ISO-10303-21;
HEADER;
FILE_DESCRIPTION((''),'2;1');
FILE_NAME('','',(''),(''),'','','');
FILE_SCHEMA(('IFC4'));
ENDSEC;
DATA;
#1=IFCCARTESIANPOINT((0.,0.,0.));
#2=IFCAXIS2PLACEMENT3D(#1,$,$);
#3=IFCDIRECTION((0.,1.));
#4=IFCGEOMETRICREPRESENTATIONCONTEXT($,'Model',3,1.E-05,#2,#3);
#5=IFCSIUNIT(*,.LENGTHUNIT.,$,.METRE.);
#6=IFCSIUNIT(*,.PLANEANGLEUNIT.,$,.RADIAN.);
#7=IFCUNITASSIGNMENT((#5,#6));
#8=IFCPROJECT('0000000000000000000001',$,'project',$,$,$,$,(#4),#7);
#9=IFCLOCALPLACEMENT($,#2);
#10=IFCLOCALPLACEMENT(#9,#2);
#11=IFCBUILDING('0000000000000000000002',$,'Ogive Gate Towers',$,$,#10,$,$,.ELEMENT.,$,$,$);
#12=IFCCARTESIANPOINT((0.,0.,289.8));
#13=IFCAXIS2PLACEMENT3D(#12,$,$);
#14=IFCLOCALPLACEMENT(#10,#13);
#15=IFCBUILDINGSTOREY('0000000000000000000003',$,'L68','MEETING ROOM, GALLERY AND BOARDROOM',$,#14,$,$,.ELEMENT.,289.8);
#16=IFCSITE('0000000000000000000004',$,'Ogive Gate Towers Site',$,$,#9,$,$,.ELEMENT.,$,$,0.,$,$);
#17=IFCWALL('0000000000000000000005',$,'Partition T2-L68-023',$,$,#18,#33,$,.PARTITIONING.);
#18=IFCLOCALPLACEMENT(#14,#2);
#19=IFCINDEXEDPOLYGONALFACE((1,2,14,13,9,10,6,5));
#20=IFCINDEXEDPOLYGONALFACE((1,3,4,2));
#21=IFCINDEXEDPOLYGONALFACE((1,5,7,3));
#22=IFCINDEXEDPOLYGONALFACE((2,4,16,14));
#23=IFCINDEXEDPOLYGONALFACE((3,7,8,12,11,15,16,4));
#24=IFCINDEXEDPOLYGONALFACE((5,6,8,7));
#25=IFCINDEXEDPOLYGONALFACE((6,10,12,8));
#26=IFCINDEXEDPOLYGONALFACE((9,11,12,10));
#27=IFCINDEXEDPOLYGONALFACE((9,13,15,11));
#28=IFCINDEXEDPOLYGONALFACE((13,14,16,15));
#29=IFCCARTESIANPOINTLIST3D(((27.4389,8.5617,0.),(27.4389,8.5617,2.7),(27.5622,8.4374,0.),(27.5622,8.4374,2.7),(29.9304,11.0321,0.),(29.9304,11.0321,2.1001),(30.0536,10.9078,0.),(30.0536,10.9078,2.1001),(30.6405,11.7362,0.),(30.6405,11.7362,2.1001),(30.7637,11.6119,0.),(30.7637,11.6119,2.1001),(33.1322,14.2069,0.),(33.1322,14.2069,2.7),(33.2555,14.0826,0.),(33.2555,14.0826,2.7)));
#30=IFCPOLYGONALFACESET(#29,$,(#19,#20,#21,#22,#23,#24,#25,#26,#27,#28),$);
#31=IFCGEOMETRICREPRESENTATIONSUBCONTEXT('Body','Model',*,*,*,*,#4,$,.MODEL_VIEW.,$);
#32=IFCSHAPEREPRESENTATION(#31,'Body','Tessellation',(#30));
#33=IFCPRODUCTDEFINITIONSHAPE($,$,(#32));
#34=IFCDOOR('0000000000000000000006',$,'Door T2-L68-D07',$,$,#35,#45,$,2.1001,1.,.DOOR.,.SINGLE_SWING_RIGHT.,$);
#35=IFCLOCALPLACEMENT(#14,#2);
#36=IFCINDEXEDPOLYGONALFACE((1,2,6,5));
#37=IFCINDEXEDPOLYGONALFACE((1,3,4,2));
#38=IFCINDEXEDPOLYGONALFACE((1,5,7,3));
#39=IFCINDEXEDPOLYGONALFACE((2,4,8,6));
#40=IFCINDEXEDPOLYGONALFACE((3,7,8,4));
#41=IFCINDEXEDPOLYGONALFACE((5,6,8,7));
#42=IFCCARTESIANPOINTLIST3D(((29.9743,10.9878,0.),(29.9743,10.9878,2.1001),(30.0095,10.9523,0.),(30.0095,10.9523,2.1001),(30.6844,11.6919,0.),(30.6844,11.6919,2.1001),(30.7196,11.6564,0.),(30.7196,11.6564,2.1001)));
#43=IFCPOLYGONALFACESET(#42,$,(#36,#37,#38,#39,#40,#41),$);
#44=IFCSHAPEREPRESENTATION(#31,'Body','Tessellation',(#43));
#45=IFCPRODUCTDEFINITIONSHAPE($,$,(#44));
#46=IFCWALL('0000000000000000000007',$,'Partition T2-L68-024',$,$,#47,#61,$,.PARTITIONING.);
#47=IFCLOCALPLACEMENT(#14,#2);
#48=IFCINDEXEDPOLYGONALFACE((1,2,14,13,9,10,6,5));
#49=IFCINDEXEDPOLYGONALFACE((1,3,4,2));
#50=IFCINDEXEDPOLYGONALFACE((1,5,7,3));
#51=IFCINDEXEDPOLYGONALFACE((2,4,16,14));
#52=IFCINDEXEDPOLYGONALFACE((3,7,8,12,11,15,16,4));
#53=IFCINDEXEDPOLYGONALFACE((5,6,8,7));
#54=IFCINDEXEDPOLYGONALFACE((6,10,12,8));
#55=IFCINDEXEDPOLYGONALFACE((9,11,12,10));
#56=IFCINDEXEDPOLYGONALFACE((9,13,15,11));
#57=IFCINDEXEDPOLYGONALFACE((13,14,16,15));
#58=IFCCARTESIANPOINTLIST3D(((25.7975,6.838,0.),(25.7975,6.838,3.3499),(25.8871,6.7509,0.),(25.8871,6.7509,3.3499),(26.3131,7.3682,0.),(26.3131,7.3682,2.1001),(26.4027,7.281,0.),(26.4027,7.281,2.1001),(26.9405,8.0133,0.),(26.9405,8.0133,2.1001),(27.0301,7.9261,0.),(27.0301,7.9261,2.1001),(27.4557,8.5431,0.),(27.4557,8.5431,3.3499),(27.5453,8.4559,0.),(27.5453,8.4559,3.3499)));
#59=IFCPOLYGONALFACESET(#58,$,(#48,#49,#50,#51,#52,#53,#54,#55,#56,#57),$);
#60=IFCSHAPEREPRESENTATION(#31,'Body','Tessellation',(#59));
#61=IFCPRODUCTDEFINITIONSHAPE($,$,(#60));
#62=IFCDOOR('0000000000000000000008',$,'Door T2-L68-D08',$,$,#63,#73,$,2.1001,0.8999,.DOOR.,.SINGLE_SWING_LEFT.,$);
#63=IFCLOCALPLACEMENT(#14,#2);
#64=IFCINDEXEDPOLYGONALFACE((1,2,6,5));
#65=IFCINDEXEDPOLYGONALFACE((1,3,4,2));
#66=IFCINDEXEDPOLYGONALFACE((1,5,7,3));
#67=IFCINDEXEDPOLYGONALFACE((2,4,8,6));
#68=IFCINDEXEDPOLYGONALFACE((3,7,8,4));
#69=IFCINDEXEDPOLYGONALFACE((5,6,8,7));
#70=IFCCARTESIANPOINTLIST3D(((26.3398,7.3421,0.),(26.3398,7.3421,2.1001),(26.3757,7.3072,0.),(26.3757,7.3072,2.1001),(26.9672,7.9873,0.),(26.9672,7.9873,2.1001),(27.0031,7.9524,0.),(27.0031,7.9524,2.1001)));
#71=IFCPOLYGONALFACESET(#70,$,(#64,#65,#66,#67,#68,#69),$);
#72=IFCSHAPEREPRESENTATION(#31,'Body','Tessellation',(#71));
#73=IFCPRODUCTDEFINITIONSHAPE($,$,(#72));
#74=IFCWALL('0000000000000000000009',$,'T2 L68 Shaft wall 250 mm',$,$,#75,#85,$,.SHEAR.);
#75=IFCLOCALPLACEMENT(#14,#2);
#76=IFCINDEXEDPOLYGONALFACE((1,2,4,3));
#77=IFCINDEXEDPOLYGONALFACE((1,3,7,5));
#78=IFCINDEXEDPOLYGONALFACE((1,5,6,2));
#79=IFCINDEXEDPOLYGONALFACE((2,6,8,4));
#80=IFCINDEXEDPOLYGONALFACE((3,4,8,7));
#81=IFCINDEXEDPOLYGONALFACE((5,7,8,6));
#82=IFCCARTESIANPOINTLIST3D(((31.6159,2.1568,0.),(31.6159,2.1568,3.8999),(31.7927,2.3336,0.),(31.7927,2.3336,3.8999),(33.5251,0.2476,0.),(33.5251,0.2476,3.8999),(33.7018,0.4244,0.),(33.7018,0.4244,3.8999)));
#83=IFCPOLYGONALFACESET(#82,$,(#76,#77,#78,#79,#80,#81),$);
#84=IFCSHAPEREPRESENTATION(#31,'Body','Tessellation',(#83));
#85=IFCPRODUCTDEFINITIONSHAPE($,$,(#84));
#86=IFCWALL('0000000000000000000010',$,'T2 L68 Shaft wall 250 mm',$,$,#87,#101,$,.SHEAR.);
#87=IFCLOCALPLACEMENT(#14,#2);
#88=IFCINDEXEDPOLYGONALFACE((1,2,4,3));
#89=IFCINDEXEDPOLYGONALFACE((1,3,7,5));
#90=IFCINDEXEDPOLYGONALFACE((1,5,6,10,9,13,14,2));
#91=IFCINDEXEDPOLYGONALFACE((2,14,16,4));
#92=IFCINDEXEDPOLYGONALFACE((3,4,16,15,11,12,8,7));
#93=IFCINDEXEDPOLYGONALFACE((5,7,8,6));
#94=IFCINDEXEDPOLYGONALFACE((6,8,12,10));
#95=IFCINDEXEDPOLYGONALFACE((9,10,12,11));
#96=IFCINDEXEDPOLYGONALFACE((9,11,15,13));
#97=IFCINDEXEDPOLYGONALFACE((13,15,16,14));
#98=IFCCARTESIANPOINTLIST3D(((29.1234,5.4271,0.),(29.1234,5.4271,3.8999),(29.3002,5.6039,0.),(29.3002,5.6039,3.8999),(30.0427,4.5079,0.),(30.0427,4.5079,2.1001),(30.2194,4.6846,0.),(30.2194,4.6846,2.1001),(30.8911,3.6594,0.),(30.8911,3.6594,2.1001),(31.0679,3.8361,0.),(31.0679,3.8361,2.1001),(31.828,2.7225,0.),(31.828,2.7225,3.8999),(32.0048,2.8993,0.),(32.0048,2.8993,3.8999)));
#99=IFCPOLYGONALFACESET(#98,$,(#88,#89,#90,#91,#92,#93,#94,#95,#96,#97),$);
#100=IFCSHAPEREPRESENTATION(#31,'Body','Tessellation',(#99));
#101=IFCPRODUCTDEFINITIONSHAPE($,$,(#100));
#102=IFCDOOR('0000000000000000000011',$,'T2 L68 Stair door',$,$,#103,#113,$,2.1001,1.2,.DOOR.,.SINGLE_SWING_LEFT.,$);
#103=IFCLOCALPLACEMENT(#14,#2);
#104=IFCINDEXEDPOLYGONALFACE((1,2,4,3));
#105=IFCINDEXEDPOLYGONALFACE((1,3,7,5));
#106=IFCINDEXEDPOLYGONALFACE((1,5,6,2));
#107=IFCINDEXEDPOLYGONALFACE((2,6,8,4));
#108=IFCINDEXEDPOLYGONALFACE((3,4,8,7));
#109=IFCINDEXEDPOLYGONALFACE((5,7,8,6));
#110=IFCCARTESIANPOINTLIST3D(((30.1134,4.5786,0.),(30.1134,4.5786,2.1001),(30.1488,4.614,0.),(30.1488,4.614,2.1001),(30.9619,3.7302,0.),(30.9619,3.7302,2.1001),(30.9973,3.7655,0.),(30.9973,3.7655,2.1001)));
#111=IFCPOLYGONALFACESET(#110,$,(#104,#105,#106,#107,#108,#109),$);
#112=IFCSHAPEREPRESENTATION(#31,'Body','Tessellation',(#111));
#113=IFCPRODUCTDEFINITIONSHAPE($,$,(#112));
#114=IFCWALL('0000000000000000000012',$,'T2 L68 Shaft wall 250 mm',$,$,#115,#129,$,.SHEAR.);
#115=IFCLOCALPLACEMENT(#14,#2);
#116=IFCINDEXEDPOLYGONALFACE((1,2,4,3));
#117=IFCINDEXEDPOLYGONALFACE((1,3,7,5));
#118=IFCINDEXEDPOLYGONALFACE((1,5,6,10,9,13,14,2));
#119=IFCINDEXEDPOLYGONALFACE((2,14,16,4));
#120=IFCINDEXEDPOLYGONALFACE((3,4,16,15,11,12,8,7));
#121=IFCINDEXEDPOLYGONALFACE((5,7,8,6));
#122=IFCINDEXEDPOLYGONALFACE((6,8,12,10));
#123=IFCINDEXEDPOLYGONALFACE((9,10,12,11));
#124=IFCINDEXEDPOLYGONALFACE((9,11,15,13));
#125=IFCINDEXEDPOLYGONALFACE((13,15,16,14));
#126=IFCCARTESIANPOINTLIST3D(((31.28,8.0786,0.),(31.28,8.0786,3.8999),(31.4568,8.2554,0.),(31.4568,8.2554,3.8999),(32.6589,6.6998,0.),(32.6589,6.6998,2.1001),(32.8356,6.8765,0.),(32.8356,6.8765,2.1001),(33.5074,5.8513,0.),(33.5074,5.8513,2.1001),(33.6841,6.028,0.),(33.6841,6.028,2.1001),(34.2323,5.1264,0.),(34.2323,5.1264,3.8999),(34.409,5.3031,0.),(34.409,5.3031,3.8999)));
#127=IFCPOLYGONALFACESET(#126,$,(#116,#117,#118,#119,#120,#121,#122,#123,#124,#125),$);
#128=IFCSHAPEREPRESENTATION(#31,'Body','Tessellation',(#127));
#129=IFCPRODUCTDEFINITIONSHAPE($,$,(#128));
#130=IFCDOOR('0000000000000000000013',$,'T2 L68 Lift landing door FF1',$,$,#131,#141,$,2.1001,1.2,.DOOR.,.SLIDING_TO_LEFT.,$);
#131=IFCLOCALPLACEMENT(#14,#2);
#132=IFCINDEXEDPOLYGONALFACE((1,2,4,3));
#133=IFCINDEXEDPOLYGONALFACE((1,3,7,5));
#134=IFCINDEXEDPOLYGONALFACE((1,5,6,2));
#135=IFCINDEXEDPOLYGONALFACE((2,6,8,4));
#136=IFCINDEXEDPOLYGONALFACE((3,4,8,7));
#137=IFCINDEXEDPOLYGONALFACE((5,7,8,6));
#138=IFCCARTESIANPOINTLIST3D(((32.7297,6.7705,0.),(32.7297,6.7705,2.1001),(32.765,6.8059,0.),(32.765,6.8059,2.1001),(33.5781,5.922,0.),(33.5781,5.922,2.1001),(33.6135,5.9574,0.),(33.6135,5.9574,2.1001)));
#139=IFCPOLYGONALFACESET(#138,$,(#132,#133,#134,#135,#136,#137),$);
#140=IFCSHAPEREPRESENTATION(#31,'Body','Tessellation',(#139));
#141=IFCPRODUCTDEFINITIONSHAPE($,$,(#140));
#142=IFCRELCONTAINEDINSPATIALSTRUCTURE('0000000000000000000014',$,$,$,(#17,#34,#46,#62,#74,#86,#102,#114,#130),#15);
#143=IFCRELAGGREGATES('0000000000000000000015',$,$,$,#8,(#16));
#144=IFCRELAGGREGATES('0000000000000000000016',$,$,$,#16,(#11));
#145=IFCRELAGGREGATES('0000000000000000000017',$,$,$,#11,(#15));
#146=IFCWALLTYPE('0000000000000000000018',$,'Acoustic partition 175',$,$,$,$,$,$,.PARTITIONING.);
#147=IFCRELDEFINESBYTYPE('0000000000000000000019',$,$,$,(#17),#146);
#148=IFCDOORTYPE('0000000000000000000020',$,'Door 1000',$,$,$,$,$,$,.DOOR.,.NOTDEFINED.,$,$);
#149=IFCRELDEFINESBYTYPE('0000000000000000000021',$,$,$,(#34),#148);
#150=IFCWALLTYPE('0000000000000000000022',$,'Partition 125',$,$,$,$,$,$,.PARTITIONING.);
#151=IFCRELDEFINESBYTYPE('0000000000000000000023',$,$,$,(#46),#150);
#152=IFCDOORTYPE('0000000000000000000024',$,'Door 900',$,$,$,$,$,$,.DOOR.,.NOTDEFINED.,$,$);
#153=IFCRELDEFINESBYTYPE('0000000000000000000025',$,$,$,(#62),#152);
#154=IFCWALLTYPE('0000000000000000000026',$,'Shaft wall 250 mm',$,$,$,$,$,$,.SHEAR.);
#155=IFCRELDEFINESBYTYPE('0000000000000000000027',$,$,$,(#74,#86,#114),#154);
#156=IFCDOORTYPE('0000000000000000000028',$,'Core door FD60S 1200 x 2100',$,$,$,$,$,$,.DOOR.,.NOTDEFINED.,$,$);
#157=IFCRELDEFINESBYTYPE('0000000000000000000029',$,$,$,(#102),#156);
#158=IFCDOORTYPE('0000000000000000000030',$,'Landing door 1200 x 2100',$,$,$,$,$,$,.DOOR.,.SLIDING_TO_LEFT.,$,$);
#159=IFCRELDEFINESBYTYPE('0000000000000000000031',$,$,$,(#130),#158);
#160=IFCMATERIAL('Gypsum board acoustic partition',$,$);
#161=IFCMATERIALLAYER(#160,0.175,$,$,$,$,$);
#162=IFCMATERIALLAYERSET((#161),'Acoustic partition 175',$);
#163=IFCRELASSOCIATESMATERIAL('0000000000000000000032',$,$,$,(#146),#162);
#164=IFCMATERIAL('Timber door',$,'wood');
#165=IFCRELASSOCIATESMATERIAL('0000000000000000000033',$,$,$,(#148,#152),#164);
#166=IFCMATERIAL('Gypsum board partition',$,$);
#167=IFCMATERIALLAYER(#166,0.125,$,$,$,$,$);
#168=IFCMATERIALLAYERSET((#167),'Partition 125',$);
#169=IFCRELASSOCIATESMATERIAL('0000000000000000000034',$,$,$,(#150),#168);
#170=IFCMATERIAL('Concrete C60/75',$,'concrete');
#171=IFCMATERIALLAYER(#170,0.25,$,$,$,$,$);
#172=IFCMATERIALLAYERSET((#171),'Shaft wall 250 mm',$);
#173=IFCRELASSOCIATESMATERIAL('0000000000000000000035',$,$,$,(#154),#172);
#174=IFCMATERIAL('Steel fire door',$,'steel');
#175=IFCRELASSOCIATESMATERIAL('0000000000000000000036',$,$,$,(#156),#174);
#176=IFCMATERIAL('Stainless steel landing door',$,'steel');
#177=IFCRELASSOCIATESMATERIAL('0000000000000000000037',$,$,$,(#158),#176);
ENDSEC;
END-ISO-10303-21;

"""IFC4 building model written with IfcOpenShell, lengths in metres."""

from ifc_helpers import new_model, si_unit, direction, frame, frame_2d, origin, place, context, subcontext, project, spatial, rectangle, extrude, material, layer, layer_set, type_object, element, fill, save


model = new_model("IFC4")

# Units and contexts
model_context = context("Model", 3, precision=1e-05, world=origin(), true_north=direction((0.0, 1.0)))
body_context = subcontext(model_context, "Body", "Model", "MODEL_VIEW")
ifc_project = project(units=[si_unit("LENGTHUNIT", "METRE"), si_unit("PLANEANGLEUNIT", "RADIAN")], contexts=[model_context])

# Site, building, storey
site_placement = place(None, origin())
site = spatial("IfcSite", under=ifc_project, at=site_placement, Name="Ogive Gate Towers Site", CompositionType="ELEMENT", RefElevation=0.0)
building_placement = place(site_placement, origin())
building = spatial("IfcBuilding", under=site, at=building_placement, Name="Ogive Gate Towers", CompositionType="ELEMENT")
storey_placement = place(building_placement, frame((0.0, 0.0, 289.8)))
storey = spatial("IfcBuildingStorey", under=building, at=storey_placement, Name="L68", Description="MEETING ROOM, GALLERY AND BOARDROOM", CompositionType="ELEMENT", Elevation=289.8)

# Shared definitions
ifc_material_1 = material(Name="Gypsum board acoustic partition")
ifc_layer_1 = layer(ifc_material_1, 0.175)
ifc_layer_set_1 = layer_set([ifc_layer_1], Name="Acoustic partition 175")
wall_type_1 = type_object("IfcWallType", Name="Acoustic partition 175", PredefinedType="PARTITIONING", material=ifc_layer_set_1)

# Walls, openings, doors
wall_1_placement = place(storey_placement, frame((33.1938, 14.1448, 0.0), z_axis=(0.0, 0.0, 1.0), x_axis=(-0.7101, -0.704101, 0.0)))
wall_1 = element("IfcWall", 1, at=wall_1_placement, inside=storey, type_object=wall_type_1, Name="Partition T2-L68-023", PredefinedType="PARTITIONING", context=body_context, shape_type="SweptSolid", body=[
    extrude(rectangle(XDim=8.0176, YDim=0.175, at=frame_2d((4.0088, 0.0))), origin(), (0.0, 0.0, 1.0), 2.7),
])
opening_1_placement = place(wall_1_placement, frame((3.509, 0.0, 0.0)))
opening_1 = element("IfcOpeningElement", 2, at=opening_1_placement, cuts=wall_1, PredefinedType="OPENING", context=body_context, shape_type="SweptSolid", body=[
    extrude(rectangle(XDim=1.0, YDim=2.1001, at=frame_2d((0.5, 1.05))), frame((0.0, 0.0977, 0.0), z_axis=(0.0, -1.0, 0.0), x_axis=(1.0, 0.0, 0.0)), (0.0, 0.0, 1.0), 0.1951),
])
ifc_material_2 = material(Name="Timber door", Category="wood")
door_type_1 = type_object("IfcDoorType", Name="Door 1000", OperationType="NOTDEFINED", PredefinedType="DOOR", material=ifc_material_2)
door_1_placement = place(opening_1_placement, origin())
door_1 = element("IfcDoor", 3, at=door_1_placement, inside=storey, type_object=door_type_1, Name="Door T2-L68-D07", OperationType="SINGLE_SWING_RIGHT", OverallHeight=2.1001, OverallWidth=1.0, PredefinedType="DOOR", context=body_context, shape_type="SweptSolid", body=[
    extrude(rectangle(XDim=1.0, YDim=2.1001, at=frame_2d((0.5, 1.05))), frame((0.0, 0.0249, 0.0), z_axis=(0.0, -1.0, 0.0), x_axis=(1.0, 0.0, 0.0)), (0.0, 0.0, 1.0), 0.05),
])
fill(opening_1, door_1)
ifc_material_3 = material(Name="Gypsum board partition")
ifc_layer_2 = layer(ifc_material_3, 0.125)
ifc_layer_set_2 = layer_set([ifc_layer_2], Name="Partition 125")
wall_type_2 = type_object("IfcWallType", Name="Partition 125", PredefinedType="PARTITIONING", material=ifc_layer_set_2)
wall_2_placement = place(storey_placement, frame((27.5005, 8.4995, 0.0), z_axis=(0.0, 0.0, 1.0), x_axis=(-0.697184, -0.716892, 0.0)))
wall_2 = element("IfcWall", 4, at=wall_2_placement, inside=storey, type_object=wall_type_2, Name="Partition T2-L68-024", PredefinedType="PARTITIONING", context=body_context, shape_type="SweptSolid", body=[
    extrude(rectangle(XDim=2.3784, YDim=0.125, at=frame_2d((1.1892, 0.0))), origin(), (0.0, 0.0, 1.0), 3.3499),
])
opening_2_placement = place(wall_2_placement, frame((0.739, 0.0, 0.0)))
opening_2 = element("IfcOpeningElement", 5, at=opening_2_placement, cuts=wall_2, PredefinedType="OPENING", context=body_context, shape_type="SweptSolid", body=[
    extrude(rectangle(XDim=0.8999, YDim=2.1001, at=frame_2d((0.45, 1.05))), frame((0.0, 0.0725, 0.0), z_axis=(0.0, -1.0, 0.0), x_axis=(1.0, 0.0, 0.0)), (0.0, 0.0, 1.0), 0.145),
])
door_type_2 = type_object("IfcDoorType", Name="Door 900", OperationType="NOTDEFINED", PredefinedType="DOOR", material=ifc_material_2)
door_2_placement = place(opening_2_placement, origin())
door_2 = element("IfcDoor", 6, at=door_2_placement, inside=storey, type_object=door_type_2, Name="Door T2-L68-D08", OperationType="SINGLE_SWING_LEFT", OverallHeight=2.1001, OverallWidth=0.8999, PredefinedType="DOOR", context=body_context, shape_type="SweptSolid", body=[
    extrude(rectangle(XDim=0.8999, YDim=2.1001, at=frame_2d((0.45, 1.05))), frame((0.0, 0.0249, 0.0), z_axis=(0.0, -1.0, 0.0), x_axis=(1.0, 0.0, 0.0)), (0.0, 0.0, 1.0), 0.05),
])
fill(opening_2, door_2)

# Wall
ifc_material_4 = material(Name="Concrete C60/75", Category="concrete")
ifc_layer_3 = layer(ifc_material_4, 0.25)
ifc_layer_set_3 = layer_set([ifc_layer_3], Name="Shaft wall 250 mm")
wall_type_3 = type_object("IfcWallType", Name="Shaft wall 250 mm", PredefinedType="SHEAR", material=ifc_layer_set_3)
wall_3_placement = place(storey_placement, frame((33.6135, 0.3359, 0.0), z_axis=(0.0, 0.0, 1.0), x_axis=(-0.707107, 0.707107, 0.0)))
element("IfcWall", 7, at=wall_3_placement, inside=storey, type_object=wall_type_3, Name="T2 L68 Shaft wall 250 mm", PredefinedType="SHEAR", context=body_context, shape_type="SweptSolid", body=[
    extrude(rectangle(XDim=2.7, YDim=0.25, at=frame_2d((1.3501, 0.0))), origin(), (0.0, 0.0, 1.0), 3.8999),
])

# Walls, openings, doors
wall_4_placement = place(storey_placement, frame((31.9165, 2.8108, 0.0), z_axis=(0.0, 0.0, 1.0), x_axis=(-0.707107, 0.707107, 0.0)))
wall_4 = element("IfcWall", 8, at=wall_4_placement, inside=storey, type_object=wall_type_3, Name="T2 L68 Shaft wall 250 mm", PredefinedType="SHEAR", context=body_context, shape_type="SweptSolid", body=[
    extrude(rectangle(XDim=3.825, YDim=0.25, at=frame_2d((1.9126, 0.0))), origin(), (0.0, 0.0, 1.0), 3.8999),
])
opening_3_placement = place(wall_4_placement, frame((1.325, 0.0, 0.0)))
opening_3 = element("IfcOpeningElement", 9, at=opening_3_placement, cuts=wall_4, PredefinedType="OPENING", context=body_context, shape_type="SweptSolid", body=[
    extrude(rectangle(XDim=1.2, YDim=2.1001, at=frame_2d((0.6001, 1.05))), frame((0.0, 0.135, 0.0), z_axis=(0.0, -1.0, 0.0), x_axis=(1.0, 0.0, 0.0)), (0.0, 0.0, 1.0), 0.27),
])
ifc_material_5 = material(Name="Steel fire door", Category="steel")
door_type_3 = type_object("IfcDoorType", Name="Core door FD60S 1200 x 2100", OperationType="NOTDEFINED", PredefinedType="DOOR", material=ifc_material_5)
door_3_placement = place(opening_3_placement, origin())
door_3 = element("IfcDoor", 10, at=door_3_placement, inside=storey, type_object=door_type_3, Name="T2 L68 Stair door", OperationType="SINGLE_SWING_LEFT", OverallHeight=2.1001, OverallWidth=1.2, PredefinedType="DOOR", context=body_context, shape_type="SweptSolid", body=[
    extrude(rectangle(XDim=1.2, YDim=2.1001, at=frame_2d((0.6001, 1.05))), frame((0.0, 0.0249, 0.0), z_axis=(0.0, -1.0, 0.0), x_axis=(1.0, 0.0, 0.0)), (0.0, 0.0, 1.0), 0.05),
])
fill(opening_3, door_3)
wall_5_placement = place(storey_placement, frame((34.3206, 5.2148, 0.0), z_axis=(0.0, 0.0, 1.0), x_axis=(-0.707107, 0.707107, 0.0)))
wall_5 = element("IfcWall", 11, at=wall_5_placement, inside=storey, type_object=wall_type_3, Name="T2 L68 Shaft wall 250 mm", PredefinedType="SHEAR", context=body_context, shape_type="SweptSolid", body=[
    extrude(rectangle(XDim=4.175, YDim=0.25, at=frame_2d((2.0874, 0.0))), origin(), (0.0, 0.0, 1.0), 3.8999),
])
opening_4_placement = place(wall_5_placement, frame((1.0249, 0.0, 0.0)))
opening_4 = element("IfcOpeningElement", 12, at=opening_4_placement, cuts=wall_5, PredefinedType="OPENING", context=body_context, shape_type="SweptSolid", body=[
    extrude(rectangle(XDim=1.2, YDim=2.1001, at=frame_2d((0.6001, 1.05))), frame((0.0, 0.135, 0.0), z_axis=(0.0, -1.0, 0.0), x_axis=(1.0, 0.0, 0.0)), (0.0, 0.0, 1.0), 0.27),
])
ifc_material_6 = material(Name="Stainless steel landing door", Category="steel")
door_type_4 = type_object("IfcDoorType", Name="Landing door 1200 x 2100", OperationType="SLIDING_TO_LEFT", PredefinedType="DOOR", material=ifc_material_6)
door_4_placement = place(opening_4_placement, origin())
door_4 = element("IfcDoor", 13, at=door_4_placement, inside=storey, type_object=door_type_4, Name="T2 L68 Lift landing door FF1", OperationType="SLIDING_TO_LEFT", OverallHeight=2.1001, OverallWidth=1.2, PredefinedType="DOOR", context=body_context, shape_type="SweptSolid", body=[
    extrude(rectangle(XDim=1.2, YDim=2.1001, at=frame_2d((0.6001, 1.05))), frame((0.0, 0.0249, 0.0), z_axis=(0.0, -1.0, 0.0), x_axis=(1.0, 0.0, 0.0)), (0.0, 0.0, 1.0), 0.05),
])
fill(opening_4, door_4)

save(model, "model.ifc")
